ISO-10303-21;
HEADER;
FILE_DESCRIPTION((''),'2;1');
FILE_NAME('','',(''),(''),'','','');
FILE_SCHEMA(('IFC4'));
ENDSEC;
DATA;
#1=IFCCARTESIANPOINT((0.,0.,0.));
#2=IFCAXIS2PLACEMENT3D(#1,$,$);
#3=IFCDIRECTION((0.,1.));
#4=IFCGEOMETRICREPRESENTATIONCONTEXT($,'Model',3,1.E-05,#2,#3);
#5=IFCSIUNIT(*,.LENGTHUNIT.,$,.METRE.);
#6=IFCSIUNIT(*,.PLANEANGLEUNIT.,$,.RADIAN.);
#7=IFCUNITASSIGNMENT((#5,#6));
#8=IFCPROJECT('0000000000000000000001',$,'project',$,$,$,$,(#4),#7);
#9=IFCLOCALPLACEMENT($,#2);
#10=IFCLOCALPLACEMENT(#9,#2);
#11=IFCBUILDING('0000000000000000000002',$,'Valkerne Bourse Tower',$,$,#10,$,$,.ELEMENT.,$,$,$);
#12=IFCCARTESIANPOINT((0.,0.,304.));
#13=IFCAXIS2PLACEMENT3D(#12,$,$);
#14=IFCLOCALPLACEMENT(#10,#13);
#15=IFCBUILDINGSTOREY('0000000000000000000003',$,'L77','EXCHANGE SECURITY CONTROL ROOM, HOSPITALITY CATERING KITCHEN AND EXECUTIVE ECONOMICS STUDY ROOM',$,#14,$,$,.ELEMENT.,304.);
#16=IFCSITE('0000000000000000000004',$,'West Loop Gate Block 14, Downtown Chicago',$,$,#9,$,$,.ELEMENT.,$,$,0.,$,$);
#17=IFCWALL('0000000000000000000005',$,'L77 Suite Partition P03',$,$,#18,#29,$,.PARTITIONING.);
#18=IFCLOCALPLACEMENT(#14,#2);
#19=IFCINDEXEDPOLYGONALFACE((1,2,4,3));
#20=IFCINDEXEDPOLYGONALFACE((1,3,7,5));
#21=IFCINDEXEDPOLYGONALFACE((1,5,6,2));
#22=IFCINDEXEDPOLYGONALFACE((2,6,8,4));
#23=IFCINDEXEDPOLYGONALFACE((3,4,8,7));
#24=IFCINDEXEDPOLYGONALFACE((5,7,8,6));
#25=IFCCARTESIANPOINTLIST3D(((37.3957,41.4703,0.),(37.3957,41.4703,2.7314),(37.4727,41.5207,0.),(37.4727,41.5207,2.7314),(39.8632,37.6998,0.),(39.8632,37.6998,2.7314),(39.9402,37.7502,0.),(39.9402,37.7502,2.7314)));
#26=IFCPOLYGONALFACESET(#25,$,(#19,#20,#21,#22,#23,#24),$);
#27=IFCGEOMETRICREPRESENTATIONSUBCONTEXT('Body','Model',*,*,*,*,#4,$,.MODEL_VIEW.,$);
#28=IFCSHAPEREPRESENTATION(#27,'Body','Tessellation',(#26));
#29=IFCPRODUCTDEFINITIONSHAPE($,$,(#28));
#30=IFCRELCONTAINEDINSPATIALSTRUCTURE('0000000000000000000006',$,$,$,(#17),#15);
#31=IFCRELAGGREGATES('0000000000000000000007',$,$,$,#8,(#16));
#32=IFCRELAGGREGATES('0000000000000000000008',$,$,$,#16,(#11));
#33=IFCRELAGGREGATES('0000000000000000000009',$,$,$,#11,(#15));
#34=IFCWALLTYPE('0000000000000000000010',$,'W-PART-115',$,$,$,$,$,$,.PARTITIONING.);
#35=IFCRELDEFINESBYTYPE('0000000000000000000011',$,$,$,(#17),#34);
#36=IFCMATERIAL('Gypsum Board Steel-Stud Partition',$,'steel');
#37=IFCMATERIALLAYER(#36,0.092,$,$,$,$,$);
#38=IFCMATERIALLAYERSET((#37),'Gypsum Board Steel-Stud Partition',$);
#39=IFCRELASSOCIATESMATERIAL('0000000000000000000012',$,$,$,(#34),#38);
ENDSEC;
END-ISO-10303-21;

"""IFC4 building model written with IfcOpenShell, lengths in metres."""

from ifc_helpers import new_model, si_unit, direction, frame, frame_2d, origin, place, context, subcontext, project, spatial, rectangle, extrude, material, layer, layer_set, type_object, element, save


model = new_model("IFC4")

# Units and contexts
model_context = context("Model", 3, precision=1e-05, world=origin(), true_north=direction((0.0, 1.0)))
body_context = subcontext(model_context, "Body", "Model", "MODEL_VIEW")
ifc_project = project(units=[si_unit("LENGTHUNIT", "METRE"), si_unit("PLANEANGLEUNIT", "RADIAN")], contexts=[model_context])

# Site, building, storey
site_placement = place(None, origin())
site = spatial("IfcSite", under=ifc_project, at=site_placement, Name="West Loop Gate Block 14, Downtown Chicago", CompositionType="ELEMENT", RefElevation=0.0)
building_placement = place(site_placement, origin())
building = spatial("IfcBuilding", under=site, at=building_placement, Name="Valkerne Bourse Tower", CompositionType="ELEMENT")
storey_placement = place(building_placement, frame((0.0, 0.0, 304.0)))
storey = spatial("IfcBuildingStorey", under=building, at=storey_placement, Name="L77", Description="EXCHANGE SECURITY CONTROL ROOM, HOSPITALITY CATERING KITCHEN AND EXECUTIVE ECONOMICS STUDY ROOM", CompositionType="ELEMENT", Elevation=304.0)

# Shared definitions
ifc_material_1 = material(Name="Gypsum Board Steel-Stud Partition", Category="steel")

# Wall
ifc_layer_1 = layer(ifc_material_1, 0.092)
ifc_layer_set_1 = layer_set([ifc_layer_1], Name="Gypsum Board Steel-Stud Partition")
wall_type_1 = type_object("IfcWallType", Name="W-PART-115", PredefinedType="PARTITIONING", material=ifc_layer_set_1)
wall_1_placement = place(storey_placement, frame((39.9016, 37.7251, 0.0), z_axis=(0.0, 0.0, 1.0), x_axis=(-0.547591, 0.836746, 0.0)))
element("IfcWall", 1, at=wall_1_placement, inside=storey, type_object=wall_type_1, Name="L77 Suite Partition P03", PredefinedType="PARTITIONING", context=body_context, shape_type="SweptSolid", body=[
    extrude(rectangle(XDim=4.5061, YDim=0.092, at=frame_2d((2.2529, 0.0))), origin(), (0.0, 0.0, 1.0), 2.7314),
])

save(model, "model.ifc")
